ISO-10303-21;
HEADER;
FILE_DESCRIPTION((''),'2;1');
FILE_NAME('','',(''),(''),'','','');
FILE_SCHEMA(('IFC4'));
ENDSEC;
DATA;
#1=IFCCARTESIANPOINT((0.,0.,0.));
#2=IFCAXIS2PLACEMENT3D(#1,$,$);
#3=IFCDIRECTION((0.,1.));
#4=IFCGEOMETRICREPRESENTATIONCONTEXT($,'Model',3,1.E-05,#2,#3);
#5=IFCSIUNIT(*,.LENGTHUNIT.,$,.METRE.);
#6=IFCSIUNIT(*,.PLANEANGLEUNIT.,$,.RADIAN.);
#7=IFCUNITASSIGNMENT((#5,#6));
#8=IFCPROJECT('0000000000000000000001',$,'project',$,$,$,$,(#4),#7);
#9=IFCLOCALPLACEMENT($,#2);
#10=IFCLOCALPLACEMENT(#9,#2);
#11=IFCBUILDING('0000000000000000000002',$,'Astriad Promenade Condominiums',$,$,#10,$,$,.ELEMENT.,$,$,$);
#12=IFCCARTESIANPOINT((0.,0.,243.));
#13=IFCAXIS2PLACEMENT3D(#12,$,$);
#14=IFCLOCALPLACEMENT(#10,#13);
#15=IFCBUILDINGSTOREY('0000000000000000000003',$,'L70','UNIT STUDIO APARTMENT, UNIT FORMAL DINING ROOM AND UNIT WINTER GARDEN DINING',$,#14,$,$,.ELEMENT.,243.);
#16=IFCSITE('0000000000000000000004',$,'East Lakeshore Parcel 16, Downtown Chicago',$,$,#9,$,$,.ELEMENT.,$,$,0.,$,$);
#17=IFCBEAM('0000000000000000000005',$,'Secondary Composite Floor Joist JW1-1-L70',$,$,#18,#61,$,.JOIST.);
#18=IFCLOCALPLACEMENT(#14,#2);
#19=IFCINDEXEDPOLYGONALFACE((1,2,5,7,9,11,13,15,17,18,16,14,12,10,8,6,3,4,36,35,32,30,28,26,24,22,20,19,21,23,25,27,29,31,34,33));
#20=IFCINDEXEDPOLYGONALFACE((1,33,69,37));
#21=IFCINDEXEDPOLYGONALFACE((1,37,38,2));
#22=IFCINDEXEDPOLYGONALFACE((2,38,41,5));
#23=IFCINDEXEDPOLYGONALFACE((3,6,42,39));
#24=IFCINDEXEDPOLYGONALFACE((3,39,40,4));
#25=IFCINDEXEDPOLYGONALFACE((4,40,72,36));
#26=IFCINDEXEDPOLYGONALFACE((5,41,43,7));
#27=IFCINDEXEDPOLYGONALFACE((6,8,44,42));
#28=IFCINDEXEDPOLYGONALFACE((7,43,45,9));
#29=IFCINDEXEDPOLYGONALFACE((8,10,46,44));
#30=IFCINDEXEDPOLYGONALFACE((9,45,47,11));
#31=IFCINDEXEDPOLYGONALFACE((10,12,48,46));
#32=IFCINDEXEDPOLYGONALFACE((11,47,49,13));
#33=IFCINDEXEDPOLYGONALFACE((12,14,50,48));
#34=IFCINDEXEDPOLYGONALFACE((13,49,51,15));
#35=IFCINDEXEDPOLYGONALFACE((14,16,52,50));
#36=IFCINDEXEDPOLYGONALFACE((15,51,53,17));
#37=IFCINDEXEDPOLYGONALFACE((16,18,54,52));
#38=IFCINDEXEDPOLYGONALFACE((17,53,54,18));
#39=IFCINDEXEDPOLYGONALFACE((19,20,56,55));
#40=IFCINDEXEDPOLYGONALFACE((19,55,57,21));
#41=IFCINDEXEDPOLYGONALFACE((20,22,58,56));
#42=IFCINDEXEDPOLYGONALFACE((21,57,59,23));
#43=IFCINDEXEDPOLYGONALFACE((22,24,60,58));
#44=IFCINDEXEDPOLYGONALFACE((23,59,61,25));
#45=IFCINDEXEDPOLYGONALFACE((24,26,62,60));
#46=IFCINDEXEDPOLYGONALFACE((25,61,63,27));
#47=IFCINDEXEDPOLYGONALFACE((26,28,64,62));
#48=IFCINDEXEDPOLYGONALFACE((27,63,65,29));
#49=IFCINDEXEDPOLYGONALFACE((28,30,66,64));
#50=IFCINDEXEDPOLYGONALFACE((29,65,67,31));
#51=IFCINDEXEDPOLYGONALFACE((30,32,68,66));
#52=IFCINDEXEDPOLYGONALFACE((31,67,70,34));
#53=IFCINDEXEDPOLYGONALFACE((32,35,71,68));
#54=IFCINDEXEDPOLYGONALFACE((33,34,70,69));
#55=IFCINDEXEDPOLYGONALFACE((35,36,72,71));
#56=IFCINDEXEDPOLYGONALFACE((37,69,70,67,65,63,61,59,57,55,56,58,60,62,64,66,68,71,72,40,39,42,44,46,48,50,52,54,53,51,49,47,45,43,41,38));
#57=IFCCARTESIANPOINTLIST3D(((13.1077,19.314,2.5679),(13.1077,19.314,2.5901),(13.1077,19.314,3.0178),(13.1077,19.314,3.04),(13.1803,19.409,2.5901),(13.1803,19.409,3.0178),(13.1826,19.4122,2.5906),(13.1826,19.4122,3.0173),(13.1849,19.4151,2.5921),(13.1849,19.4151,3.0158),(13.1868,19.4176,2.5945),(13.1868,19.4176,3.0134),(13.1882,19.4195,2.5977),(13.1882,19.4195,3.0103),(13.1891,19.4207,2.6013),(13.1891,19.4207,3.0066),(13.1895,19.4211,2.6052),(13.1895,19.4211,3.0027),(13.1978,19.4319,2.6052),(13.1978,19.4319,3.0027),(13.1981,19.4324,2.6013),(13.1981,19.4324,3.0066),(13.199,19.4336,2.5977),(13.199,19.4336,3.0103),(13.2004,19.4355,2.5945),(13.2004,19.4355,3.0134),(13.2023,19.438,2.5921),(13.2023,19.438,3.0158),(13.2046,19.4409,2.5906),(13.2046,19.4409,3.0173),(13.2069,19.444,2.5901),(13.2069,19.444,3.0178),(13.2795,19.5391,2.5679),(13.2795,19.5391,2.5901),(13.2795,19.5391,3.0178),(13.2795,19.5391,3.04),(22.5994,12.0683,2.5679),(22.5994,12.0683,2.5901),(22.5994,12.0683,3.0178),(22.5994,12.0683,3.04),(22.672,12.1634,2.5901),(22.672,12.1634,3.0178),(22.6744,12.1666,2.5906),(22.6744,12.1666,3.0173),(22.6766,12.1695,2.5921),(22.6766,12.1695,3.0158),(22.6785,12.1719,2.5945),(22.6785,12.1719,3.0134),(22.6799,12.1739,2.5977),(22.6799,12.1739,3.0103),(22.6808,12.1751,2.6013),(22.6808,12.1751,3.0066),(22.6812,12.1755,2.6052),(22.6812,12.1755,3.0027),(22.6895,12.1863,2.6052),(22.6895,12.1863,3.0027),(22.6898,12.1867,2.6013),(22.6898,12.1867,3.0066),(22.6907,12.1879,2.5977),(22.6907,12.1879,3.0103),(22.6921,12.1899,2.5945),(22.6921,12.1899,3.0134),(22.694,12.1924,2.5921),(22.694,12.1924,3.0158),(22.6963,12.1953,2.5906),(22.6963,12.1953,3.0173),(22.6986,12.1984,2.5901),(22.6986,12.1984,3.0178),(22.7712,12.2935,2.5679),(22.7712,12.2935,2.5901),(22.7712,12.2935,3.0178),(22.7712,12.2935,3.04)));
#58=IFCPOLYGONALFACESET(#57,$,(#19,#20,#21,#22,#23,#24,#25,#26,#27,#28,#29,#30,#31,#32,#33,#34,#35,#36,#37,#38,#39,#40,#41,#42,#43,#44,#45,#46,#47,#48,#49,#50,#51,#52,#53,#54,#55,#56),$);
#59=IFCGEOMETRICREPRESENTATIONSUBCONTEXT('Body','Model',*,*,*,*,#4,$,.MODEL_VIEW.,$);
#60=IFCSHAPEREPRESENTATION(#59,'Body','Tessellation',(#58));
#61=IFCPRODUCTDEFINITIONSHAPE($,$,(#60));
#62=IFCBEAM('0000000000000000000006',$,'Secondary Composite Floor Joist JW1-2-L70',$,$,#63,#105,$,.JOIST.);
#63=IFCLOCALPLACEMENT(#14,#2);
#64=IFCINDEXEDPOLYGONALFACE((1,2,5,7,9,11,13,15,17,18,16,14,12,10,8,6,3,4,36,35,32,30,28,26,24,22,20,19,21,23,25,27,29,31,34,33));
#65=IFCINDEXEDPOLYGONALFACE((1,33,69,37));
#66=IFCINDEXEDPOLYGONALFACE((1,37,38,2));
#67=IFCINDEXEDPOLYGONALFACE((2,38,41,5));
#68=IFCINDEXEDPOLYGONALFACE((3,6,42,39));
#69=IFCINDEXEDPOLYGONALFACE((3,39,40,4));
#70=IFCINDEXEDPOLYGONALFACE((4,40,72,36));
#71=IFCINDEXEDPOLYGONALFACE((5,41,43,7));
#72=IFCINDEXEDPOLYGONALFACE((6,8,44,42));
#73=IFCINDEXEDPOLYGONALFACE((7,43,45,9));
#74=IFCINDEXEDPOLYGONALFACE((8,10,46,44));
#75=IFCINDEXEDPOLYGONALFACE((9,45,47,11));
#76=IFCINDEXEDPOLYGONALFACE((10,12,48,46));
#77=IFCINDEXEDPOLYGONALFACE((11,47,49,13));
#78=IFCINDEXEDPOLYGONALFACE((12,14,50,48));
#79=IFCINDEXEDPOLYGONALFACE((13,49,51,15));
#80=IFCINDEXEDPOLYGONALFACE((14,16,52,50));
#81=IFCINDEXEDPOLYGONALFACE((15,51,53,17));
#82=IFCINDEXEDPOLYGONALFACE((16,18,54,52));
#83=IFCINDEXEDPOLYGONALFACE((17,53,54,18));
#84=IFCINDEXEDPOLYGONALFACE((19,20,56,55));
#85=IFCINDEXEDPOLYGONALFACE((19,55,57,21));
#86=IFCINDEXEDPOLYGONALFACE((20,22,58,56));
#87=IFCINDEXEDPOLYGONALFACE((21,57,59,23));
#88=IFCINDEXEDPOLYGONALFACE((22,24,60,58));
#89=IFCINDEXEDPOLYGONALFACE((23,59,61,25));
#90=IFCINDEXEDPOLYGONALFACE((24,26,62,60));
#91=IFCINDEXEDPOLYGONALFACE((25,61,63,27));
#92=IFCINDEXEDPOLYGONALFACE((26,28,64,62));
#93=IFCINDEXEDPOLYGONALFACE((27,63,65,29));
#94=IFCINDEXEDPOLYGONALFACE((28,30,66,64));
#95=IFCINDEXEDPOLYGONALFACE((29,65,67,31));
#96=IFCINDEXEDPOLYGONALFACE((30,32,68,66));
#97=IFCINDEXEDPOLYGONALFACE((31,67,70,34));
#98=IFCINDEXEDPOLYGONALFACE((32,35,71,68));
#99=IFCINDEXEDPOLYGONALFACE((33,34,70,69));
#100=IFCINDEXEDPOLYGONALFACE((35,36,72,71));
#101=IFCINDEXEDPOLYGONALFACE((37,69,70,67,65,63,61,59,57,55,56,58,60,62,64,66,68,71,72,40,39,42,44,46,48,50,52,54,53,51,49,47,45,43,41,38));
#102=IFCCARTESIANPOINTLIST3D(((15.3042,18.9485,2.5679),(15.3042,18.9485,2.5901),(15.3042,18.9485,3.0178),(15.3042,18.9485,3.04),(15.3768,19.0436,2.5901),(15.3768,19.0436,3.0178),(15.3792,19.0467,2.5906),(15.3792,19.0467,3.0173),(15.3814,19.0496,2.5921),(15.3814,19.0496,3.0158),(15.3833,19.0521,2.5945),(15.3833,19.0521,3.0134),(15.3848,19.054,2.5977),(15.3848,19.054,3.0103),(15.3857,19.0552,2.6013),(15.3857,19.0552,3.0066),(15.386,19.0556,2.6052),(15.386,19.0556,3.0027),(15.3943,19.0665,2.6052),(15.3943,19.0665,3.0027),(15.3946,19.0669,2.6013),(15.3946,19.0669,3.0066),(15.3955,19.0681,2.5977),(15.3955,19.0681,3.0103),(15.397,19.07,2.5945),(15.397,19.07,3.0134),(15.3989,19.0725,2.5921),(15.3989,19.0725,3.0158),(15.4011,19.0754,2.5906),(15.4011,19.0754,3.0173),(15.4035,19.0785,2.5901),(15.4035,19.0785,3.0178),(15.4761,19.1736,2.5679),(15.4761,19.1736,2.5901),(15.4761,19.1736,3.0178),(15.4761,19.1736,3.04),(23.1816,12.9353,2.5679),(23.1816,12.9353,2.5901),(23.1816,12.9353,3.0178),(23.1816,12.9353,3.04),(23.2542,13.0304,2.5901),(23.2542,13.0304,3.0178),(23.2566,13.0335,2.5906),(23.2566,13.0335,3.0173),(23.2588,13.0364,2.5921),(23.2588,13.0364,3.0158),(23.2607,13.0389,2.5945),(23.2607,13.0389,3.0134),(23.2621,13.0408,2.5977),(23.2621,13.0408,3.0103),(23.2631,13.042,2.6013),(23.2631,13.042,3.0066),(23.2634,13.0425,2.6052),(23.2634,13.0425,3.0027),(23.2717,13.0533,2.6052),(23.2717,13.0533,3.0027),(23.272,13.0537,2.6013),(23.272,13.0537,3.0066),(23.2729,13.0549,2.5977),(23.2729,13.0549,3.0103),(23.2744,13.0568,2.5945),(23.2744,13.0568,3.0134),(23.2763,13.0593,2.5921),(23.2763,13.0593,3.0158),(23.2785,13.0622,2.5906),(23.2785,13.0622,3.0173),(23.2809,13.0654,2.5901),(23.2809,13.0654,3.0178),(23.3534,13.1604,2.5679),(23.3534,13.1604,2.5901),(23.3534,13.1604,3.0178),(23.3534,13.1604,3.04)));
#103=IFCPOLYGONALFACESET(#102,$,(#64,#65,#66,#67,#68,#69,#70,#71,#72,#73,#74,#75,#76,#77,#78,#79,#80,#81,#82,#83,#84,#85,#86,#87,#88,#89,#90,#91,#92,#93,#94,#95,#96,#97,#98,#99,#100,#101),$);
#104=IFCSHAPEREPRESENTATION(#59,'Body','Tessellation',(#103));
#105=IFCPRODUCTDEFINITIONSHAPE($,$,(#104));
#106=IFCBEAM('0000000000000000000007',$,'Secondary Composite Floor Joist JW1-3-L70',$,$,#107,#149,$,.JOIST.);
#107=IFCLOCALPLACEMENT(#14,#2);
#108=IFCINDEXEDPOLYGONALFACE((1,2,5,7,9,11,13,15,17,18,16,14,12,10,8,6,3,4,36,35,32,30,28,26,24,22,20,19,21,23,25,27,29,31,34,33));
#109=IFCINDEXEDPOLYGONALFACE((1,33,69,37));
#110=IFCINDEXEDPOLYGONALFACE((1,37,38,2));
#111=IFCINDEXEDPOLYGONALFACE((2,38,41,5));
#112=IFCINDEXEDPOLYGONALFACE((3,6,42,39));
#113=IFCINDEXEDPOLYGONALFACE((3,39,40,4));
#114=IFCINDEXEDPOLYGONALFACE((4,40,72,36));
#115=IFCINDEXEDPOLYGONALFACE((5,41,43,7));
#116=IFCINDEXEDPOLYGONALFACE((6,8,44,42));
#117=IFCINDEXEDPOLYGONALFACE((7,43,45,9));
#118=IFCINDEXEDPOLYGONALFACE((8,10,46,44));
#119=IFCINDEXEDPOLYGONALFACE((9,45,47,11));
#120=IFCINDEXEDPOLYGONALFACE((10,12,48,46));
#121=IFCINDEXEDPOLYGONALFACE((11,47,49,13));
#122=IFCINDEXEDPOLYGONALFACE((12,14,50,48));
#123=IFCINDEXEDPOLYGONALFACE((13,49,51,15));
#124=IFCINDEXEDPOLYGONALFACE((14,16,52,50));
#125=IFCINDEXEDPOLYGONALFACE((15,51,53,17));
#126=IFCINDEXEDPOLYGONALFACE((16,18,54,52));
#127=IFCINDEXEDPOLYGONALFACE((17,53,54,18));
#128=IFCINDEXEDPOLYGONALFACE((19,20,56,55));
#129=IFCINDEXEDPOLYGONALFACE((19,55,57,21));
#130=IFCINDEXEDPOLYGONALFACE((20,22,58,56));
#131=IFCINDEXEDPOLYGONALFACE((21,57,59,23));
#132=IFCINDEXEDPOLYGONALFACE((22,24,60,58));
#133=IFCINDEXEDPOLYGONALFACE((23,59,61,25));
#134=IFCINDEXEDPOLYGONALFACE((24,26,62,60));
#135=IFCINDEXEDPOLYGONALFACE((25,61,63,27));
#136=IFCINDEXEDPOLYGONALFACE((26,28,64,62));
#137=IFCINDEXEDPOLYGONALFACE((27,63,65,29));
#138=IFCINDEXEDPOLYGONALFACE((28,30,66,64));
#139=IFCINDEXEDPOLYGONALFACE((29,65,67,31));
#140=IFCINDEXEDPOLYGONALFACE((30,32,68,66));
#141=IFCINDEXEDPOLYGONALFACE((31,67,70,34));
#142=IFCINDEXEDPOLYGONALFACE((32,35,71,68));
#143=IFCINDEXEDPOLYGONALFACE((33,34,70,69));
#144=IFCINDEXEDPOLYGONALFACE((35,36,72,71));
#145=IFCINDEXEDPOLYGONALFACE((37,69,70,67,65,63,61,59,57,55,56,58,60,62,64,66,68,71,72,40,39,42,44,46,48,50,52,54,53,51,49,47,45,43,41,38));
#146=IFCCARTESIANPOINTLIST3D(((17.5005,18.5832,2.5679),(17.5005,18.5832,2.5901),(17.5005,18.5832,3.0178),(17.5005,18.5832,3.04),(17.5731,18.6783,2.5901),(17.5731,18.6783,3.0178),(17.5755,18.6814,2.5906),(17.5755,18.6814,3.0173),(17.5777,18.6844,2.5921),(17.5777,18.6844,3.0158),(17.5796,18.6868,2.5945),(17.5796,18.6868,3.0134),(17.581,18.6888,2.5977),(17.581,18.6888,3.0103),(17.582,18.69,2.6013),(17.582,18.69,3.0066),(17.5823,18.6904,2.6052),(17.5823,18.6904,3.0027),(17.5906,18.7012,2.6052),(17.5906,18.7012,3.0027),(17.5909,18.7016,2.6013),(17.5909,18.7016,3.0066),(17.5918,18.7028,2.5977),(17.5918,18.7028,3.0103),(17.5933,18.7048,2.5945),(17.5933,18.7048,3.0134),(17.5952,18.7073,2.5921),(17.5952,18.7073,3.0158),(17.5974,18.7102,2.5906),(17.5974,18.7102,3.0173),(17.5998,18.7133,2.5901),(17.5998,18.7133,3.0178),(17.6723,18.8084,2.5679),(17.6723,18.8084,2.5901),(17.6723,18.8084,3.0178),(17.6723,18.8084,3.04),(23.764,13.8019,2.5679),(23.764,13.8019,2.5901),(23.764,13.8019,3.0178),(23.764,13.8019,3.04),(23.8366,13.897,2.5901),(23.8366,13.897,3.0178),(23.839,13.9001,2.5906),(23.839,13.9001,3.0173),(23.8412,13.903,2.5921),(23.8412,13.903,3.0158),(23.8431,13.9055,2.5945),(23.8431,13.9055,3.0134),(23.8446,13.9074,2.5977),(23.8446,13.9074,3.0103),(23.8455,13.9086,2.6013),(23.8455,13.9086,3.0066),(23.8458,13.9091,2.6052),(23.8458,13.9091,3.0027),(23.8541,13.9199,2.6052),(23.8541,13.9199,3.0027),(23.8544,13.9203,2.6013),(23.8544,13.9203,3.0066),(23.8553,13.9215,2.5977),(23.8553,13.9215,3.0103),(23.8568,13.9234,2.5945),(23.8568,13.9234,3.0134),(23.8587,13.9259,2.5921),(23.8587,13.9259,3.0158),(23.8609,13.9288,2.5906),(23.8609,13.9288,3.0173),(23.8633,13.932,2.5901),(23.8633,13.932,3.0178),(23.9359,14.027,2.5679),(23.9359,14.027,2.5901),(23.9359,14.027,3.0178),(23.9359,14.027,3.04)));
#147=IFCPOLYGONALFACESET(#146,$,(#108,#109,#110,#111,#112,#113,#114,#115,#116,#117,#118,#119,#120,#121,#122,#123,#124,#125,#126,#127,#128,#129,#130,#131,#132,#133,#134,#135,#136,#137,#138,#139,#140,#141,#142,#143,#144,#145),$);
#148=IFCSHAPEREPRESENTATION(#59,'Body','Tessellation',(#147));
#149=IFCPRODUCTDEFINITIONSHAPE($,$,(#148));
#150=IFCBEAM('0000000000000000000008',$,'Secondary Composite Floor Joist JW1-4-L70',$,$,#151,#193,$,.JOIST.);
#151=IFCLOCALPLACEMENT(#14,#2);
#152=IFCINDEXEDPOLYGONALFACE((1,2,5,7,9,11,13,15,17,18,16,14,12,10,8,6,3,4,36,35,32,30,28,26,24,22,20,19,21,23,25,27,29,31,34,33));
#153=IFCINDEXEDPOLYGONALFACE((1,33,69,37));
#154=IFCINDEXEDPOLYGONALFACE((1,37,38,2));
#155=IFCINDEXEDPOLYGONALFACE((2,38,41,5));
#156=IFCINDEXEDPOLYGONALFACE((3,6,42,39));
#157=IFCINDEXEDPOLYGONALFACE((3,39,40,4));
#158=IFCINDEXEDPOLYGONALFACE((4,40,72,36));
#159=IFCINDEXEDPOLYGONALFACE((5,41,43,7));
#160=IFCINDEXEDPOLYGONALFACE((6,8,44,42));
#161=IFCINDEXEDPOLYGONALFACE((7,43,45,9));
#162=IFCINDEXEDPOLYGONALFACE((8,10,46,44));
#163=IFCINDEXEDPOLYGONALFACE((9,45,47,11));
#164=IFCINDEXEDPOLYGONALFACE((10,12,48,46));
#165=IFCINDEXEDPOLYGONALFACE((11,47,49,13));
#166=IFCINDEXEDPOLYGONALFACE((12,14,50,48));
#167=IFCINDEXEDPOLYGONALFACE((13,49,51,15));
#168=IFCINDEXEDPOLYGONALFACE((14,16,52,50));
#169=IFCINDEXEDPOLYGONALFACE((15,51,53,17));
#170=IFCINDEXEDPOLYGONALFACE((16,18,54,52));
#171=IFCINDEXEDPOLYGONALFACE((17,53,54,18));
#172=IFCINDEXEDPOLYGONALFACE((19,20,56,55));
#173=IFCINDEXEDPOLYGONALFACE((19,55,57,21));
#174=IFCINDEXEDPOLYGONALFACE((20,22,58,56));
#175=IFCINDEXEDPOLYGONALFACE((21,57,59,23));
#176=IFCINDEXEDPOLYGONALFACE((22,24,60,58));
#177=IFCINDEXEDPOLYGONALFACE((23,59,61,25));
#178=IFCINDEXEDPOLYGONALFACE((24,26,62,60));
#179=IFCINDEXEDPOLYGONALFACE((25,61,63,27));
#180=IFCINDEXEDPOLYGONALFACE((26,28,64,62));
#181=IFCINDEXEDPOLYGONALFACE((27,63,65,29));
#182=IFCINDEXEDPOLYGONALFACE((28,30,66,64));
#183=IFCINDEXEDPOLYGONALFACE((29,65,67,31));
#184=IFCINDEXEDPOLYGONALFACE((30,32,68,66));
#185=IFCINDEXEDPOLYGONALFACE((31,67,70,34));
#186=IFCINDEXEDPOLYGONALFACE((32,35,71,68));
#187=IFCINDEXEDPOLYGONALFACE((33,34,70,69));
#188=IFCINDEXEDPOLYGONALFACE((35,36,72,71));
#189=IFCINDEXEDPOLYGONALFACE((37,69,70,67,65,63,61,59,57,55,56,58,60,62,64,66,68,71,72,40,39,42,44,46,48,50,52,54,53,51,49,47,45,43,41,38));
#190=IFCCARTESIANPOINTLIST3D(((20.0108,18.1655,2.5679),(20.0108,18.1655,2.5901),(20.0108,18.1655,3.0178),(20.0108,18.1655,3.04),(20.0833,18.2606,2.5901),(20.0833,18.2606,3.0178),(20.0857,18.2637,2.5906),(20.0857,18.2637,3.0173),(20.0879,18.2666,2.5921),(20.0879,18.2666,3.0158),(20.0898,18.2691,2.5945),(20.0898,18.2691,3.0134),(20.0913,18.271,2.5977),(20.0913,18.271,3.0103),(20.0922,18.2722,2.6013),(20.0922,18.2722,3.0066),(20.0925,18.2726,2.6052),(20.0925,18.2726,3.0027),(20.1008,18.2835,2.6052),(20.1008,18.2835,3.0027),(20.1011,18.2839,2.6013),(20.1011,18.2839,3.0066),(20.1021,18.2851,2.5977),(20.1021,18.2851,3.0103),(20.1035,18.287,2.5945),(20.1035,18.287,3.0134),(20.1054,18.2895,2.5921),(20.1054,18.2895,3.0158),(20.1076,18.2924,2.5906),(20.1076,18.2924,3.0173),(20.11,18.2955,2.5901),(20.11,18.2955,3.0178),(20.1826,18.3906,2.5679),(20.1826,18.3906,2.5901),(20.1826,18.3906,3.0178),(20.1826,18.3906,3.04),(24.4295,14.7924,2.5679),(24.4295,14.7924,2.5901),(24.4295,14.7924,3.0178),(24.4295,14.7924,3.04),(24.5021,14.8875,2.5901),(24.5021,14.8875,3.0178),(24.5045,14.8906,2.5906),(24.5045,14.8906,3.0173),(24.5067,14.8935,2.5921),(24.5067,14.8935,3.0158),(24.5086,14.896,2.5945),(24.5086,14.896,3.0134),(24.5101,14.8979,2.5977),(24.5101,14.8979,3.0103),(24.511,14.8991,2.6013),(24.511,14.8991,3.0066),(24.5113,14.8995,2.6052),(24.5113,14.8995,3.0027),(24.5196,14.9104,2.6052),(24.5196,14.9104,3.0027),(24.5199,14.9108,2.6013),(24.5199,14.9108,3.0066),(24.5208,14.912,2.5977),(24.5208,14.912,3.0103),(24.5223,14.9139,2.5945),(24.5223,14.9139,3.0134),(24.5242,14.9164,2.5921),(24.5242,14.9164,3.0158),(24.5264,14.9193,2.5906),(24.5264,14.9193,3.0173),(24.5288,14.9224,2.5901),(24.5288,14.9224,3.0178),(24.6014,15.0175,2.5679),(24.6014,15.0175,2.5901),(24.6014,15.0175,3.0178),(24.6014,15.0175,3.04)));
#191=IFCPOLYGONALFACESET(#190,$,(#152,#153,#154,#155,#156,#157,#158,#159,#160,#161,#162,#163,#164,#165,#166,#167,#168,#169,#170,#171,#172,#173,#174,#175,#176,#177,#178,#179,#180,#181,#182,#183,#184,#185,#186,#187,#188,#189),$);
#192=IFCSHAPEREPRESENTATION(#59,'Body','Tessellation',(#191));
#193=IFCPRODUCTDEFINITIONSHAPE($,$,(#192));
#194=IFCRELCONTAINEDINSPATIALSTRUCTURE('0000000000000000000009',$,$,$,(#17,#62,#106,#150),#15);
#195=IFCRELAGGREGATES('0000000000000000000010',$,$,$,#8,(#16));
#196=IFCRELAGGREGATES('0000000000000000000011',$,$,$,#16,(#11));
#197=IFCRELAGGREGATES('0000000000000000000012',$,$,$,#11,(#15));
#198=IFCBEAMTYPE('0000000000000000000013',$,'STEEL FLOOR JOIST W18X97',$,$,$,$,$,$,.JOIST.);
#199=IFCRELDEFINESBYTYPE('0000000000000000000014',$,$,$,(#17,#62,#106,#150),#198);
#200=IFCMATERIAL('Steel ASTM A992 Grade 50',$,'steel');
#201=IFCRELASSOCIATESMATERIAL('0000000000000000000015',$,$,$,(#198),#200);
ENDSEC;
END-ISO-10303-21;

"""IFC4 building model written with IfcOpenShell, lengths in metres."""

from ifc_helpers import new_model, si_unit, direction, frame, origin, origin_2d, place, context, subcontext, project, spatial, i_section, extrude, source, transform, mapped, material, material_profile, profile_set, type_object, type_shapes, element, save


model = new_model("IFC4")

# Units and contexts
model_context = context("Model", 3, precision=1e-05, world=origin(), true_north=direction((0.0, 1.0)))
body_context = subcontext(model_context, "Body", "Model", "MODEL_VIEW")
ifc_project = project(units=[si_unit("LENGTHUNIT", "METRE"), si_unit("PLANEANGLEUNIT", "RADIAN")], contexts=[model_context])

# Site, building, storey
site_placement = place(None, origin())
site = spatial("IfcSite", under=ifc_project, at=site_placement, Name="East Lakeshore Parcel 16, Downtown Chicago", CompositionType="ELEMENT", RefElevation=0.0)
building_placement = place(site_placement, origin())
building = spatial("IfcBuilding", under=site, at=building_placement, Name="Astriad Promenade Condominiums", CompositionType="ELEMENT")
storey_placement = place(building_placement, frame((0.0, 0.0, 243.0)))
storey = spatial("IfcBuildingStorey", under=building, at=storey_placement, Name="L70", Description="UNIT STUDIO APARTMENT, UNIT FORMAL DINING ROOM AND UNIT WINTER GARDEN DINING", CompositionType="ELEMENT", Elevation=243.0)

# Beams
ifc_material_1 = material(Name="Steel ASTM A992 Grade 50", Category="steel")
ifc_material_profile_1 = material_profile(ifc_material_1, i_section(OverallWidth=0.2832, OverallDepth=0.4722, WebThickness=0.0137, FlangeThickness=0.0222, FilletRadius=0.0151, at=origin_2d()), Name="W18X97")
ifc_profile_set_1 = profile_set([ifc_material_profile_1], Name="Steel ASTM A992 Grade 50")
beam_type_1 = type_object("IfcBeamType", Name="STEEL FLOOR JOIST W18X97", PredefinedType="JOIST", material=ifc_profile_set_1)
shared_shape_1 = source(origin(), body_context, "Body", "SweptSolid", [
    extrude(i_section(OverallWidth=0.2832, OverallDepth=0.4722, WebThickness=0.0137, FlangeThickness=0.0222, FilletRadius=0.0151, at=origin_2d()), origin(), (0.0, 0.0, 1.0), 11.9412),
])
beam_1_placement = place(storey_placement, frame((13.1936, 19.4265, 2.804), z_axis=(0.794873, -0.606776, 0.0), x_axis=(0.606776, 0.794873, 0.0)))
element("IfcBeam", 1, at=beam_1_placement, inside=storey, type_object=beam_type_1, Name="Secondary Composite Floor Joist JW1-1-L70", PredefinedType="JOIST", context=body_context, shape_type="MappedRepresentation", body=[
    mapped(shared_shape_1, transform((0.0, 0.0, 0.0), scale=1.0)),
])
shared_shape_2 = source(origin(), body_context, "Body", "SweptSolid", [
    extrude(i_section(OverallWidth=0.2832, OverallDepth=0.4722, WebThickness=0.0137, FlangeThickness=0.0222, FilletRadius=0.0151, at=origin_2d()), origin(), (0.0, 0.0, 1.0), 9.9102),
])
beam_2_placement = place(storey_placement, frame((15.3901, 19.061, 2.804), z_axis=(0.794881, -0.606766, 0.0), x_axis=(0.606766, 0.794881, 0.0)))
element("IfcBeam", 2, at=beam_2_placement, inside=storey, type_object=beam_type_1, Name="Secondary Composite Floor Joist JW1-2-L70", PredefinedType="JOIST", context=body_context, shape_type="MappedRepresentation", body=[
    mapped(shared_shape_2, transform((0.0, 0.0, 0.0), scale=1.0)),
])
shared_shape_3 = source(origin(), body_context, "Body", "SweptSolid", [
    extrude(i_section(OverallWidth=0.2832, OverallDepth=0.4722, WebThickness=0.0137, FlangeThickness=0.0222, FilletRadius=0.0151, at=origin_2d()), origin(), (0.0, 0.0, 1.0), 7.8799),
])
beam_3_placement = place(storey_placement, frame((17.5864, 18.6958, 2.804), z_axis=(0.794874, -0.606775, 0.0), x_axis=(0.606775, 0.794874, 0.0)))
element("IfcBeam", 3, at=beam_3_placement, inside=storey, type_object=beam_type_1, Name="Secondary Composite Floor Joist JW1-3-L70", PredefinedType="JOIST", context=body_context, shape_type="MappedRepresentation", body=[
    mapped(shared_shape_3, transform((0.0, 0.0, 0.0), scale=1.0)),
])
shared_shape_4 = source(origin(), body_context, "Body", "SweptSolid", [
    extrude(i_section(OverallWidth=0.2832, OverallDepth=0.4722, WebThickness=0.0137, FlangeThickness=0.0222, FilletRadius=0.0151, at=origin_2d()), origin(), (0.0, 0.0, 1.0), 5.5591),
])
type_shapes(beam_type_1, [shared_shape_1, shared_shape_2, shared_shape_3, shared_shape_4])
beam_4_placement = place(storey_placement, frame((20.0967, 18.2781, 2.804), z_axis=(0.794875, -0.606773, 0.0), x_axis=(0.606773, 0.794875, 0.0)))
element("IfcBeam", 4, at=beam_4_placement, inside=storey, type_object=beam_type_1, Name="Secondary Composite Floor Joist JW1-4-L70", PredefinedType="JOIST", context=body_context, shape_type="MappedRepresentation", body=[
    mapped(shared_shape_4, transform((0.0, 0.0, 0.0), scale=1.0)),
])

save(model, "model.ifc")
